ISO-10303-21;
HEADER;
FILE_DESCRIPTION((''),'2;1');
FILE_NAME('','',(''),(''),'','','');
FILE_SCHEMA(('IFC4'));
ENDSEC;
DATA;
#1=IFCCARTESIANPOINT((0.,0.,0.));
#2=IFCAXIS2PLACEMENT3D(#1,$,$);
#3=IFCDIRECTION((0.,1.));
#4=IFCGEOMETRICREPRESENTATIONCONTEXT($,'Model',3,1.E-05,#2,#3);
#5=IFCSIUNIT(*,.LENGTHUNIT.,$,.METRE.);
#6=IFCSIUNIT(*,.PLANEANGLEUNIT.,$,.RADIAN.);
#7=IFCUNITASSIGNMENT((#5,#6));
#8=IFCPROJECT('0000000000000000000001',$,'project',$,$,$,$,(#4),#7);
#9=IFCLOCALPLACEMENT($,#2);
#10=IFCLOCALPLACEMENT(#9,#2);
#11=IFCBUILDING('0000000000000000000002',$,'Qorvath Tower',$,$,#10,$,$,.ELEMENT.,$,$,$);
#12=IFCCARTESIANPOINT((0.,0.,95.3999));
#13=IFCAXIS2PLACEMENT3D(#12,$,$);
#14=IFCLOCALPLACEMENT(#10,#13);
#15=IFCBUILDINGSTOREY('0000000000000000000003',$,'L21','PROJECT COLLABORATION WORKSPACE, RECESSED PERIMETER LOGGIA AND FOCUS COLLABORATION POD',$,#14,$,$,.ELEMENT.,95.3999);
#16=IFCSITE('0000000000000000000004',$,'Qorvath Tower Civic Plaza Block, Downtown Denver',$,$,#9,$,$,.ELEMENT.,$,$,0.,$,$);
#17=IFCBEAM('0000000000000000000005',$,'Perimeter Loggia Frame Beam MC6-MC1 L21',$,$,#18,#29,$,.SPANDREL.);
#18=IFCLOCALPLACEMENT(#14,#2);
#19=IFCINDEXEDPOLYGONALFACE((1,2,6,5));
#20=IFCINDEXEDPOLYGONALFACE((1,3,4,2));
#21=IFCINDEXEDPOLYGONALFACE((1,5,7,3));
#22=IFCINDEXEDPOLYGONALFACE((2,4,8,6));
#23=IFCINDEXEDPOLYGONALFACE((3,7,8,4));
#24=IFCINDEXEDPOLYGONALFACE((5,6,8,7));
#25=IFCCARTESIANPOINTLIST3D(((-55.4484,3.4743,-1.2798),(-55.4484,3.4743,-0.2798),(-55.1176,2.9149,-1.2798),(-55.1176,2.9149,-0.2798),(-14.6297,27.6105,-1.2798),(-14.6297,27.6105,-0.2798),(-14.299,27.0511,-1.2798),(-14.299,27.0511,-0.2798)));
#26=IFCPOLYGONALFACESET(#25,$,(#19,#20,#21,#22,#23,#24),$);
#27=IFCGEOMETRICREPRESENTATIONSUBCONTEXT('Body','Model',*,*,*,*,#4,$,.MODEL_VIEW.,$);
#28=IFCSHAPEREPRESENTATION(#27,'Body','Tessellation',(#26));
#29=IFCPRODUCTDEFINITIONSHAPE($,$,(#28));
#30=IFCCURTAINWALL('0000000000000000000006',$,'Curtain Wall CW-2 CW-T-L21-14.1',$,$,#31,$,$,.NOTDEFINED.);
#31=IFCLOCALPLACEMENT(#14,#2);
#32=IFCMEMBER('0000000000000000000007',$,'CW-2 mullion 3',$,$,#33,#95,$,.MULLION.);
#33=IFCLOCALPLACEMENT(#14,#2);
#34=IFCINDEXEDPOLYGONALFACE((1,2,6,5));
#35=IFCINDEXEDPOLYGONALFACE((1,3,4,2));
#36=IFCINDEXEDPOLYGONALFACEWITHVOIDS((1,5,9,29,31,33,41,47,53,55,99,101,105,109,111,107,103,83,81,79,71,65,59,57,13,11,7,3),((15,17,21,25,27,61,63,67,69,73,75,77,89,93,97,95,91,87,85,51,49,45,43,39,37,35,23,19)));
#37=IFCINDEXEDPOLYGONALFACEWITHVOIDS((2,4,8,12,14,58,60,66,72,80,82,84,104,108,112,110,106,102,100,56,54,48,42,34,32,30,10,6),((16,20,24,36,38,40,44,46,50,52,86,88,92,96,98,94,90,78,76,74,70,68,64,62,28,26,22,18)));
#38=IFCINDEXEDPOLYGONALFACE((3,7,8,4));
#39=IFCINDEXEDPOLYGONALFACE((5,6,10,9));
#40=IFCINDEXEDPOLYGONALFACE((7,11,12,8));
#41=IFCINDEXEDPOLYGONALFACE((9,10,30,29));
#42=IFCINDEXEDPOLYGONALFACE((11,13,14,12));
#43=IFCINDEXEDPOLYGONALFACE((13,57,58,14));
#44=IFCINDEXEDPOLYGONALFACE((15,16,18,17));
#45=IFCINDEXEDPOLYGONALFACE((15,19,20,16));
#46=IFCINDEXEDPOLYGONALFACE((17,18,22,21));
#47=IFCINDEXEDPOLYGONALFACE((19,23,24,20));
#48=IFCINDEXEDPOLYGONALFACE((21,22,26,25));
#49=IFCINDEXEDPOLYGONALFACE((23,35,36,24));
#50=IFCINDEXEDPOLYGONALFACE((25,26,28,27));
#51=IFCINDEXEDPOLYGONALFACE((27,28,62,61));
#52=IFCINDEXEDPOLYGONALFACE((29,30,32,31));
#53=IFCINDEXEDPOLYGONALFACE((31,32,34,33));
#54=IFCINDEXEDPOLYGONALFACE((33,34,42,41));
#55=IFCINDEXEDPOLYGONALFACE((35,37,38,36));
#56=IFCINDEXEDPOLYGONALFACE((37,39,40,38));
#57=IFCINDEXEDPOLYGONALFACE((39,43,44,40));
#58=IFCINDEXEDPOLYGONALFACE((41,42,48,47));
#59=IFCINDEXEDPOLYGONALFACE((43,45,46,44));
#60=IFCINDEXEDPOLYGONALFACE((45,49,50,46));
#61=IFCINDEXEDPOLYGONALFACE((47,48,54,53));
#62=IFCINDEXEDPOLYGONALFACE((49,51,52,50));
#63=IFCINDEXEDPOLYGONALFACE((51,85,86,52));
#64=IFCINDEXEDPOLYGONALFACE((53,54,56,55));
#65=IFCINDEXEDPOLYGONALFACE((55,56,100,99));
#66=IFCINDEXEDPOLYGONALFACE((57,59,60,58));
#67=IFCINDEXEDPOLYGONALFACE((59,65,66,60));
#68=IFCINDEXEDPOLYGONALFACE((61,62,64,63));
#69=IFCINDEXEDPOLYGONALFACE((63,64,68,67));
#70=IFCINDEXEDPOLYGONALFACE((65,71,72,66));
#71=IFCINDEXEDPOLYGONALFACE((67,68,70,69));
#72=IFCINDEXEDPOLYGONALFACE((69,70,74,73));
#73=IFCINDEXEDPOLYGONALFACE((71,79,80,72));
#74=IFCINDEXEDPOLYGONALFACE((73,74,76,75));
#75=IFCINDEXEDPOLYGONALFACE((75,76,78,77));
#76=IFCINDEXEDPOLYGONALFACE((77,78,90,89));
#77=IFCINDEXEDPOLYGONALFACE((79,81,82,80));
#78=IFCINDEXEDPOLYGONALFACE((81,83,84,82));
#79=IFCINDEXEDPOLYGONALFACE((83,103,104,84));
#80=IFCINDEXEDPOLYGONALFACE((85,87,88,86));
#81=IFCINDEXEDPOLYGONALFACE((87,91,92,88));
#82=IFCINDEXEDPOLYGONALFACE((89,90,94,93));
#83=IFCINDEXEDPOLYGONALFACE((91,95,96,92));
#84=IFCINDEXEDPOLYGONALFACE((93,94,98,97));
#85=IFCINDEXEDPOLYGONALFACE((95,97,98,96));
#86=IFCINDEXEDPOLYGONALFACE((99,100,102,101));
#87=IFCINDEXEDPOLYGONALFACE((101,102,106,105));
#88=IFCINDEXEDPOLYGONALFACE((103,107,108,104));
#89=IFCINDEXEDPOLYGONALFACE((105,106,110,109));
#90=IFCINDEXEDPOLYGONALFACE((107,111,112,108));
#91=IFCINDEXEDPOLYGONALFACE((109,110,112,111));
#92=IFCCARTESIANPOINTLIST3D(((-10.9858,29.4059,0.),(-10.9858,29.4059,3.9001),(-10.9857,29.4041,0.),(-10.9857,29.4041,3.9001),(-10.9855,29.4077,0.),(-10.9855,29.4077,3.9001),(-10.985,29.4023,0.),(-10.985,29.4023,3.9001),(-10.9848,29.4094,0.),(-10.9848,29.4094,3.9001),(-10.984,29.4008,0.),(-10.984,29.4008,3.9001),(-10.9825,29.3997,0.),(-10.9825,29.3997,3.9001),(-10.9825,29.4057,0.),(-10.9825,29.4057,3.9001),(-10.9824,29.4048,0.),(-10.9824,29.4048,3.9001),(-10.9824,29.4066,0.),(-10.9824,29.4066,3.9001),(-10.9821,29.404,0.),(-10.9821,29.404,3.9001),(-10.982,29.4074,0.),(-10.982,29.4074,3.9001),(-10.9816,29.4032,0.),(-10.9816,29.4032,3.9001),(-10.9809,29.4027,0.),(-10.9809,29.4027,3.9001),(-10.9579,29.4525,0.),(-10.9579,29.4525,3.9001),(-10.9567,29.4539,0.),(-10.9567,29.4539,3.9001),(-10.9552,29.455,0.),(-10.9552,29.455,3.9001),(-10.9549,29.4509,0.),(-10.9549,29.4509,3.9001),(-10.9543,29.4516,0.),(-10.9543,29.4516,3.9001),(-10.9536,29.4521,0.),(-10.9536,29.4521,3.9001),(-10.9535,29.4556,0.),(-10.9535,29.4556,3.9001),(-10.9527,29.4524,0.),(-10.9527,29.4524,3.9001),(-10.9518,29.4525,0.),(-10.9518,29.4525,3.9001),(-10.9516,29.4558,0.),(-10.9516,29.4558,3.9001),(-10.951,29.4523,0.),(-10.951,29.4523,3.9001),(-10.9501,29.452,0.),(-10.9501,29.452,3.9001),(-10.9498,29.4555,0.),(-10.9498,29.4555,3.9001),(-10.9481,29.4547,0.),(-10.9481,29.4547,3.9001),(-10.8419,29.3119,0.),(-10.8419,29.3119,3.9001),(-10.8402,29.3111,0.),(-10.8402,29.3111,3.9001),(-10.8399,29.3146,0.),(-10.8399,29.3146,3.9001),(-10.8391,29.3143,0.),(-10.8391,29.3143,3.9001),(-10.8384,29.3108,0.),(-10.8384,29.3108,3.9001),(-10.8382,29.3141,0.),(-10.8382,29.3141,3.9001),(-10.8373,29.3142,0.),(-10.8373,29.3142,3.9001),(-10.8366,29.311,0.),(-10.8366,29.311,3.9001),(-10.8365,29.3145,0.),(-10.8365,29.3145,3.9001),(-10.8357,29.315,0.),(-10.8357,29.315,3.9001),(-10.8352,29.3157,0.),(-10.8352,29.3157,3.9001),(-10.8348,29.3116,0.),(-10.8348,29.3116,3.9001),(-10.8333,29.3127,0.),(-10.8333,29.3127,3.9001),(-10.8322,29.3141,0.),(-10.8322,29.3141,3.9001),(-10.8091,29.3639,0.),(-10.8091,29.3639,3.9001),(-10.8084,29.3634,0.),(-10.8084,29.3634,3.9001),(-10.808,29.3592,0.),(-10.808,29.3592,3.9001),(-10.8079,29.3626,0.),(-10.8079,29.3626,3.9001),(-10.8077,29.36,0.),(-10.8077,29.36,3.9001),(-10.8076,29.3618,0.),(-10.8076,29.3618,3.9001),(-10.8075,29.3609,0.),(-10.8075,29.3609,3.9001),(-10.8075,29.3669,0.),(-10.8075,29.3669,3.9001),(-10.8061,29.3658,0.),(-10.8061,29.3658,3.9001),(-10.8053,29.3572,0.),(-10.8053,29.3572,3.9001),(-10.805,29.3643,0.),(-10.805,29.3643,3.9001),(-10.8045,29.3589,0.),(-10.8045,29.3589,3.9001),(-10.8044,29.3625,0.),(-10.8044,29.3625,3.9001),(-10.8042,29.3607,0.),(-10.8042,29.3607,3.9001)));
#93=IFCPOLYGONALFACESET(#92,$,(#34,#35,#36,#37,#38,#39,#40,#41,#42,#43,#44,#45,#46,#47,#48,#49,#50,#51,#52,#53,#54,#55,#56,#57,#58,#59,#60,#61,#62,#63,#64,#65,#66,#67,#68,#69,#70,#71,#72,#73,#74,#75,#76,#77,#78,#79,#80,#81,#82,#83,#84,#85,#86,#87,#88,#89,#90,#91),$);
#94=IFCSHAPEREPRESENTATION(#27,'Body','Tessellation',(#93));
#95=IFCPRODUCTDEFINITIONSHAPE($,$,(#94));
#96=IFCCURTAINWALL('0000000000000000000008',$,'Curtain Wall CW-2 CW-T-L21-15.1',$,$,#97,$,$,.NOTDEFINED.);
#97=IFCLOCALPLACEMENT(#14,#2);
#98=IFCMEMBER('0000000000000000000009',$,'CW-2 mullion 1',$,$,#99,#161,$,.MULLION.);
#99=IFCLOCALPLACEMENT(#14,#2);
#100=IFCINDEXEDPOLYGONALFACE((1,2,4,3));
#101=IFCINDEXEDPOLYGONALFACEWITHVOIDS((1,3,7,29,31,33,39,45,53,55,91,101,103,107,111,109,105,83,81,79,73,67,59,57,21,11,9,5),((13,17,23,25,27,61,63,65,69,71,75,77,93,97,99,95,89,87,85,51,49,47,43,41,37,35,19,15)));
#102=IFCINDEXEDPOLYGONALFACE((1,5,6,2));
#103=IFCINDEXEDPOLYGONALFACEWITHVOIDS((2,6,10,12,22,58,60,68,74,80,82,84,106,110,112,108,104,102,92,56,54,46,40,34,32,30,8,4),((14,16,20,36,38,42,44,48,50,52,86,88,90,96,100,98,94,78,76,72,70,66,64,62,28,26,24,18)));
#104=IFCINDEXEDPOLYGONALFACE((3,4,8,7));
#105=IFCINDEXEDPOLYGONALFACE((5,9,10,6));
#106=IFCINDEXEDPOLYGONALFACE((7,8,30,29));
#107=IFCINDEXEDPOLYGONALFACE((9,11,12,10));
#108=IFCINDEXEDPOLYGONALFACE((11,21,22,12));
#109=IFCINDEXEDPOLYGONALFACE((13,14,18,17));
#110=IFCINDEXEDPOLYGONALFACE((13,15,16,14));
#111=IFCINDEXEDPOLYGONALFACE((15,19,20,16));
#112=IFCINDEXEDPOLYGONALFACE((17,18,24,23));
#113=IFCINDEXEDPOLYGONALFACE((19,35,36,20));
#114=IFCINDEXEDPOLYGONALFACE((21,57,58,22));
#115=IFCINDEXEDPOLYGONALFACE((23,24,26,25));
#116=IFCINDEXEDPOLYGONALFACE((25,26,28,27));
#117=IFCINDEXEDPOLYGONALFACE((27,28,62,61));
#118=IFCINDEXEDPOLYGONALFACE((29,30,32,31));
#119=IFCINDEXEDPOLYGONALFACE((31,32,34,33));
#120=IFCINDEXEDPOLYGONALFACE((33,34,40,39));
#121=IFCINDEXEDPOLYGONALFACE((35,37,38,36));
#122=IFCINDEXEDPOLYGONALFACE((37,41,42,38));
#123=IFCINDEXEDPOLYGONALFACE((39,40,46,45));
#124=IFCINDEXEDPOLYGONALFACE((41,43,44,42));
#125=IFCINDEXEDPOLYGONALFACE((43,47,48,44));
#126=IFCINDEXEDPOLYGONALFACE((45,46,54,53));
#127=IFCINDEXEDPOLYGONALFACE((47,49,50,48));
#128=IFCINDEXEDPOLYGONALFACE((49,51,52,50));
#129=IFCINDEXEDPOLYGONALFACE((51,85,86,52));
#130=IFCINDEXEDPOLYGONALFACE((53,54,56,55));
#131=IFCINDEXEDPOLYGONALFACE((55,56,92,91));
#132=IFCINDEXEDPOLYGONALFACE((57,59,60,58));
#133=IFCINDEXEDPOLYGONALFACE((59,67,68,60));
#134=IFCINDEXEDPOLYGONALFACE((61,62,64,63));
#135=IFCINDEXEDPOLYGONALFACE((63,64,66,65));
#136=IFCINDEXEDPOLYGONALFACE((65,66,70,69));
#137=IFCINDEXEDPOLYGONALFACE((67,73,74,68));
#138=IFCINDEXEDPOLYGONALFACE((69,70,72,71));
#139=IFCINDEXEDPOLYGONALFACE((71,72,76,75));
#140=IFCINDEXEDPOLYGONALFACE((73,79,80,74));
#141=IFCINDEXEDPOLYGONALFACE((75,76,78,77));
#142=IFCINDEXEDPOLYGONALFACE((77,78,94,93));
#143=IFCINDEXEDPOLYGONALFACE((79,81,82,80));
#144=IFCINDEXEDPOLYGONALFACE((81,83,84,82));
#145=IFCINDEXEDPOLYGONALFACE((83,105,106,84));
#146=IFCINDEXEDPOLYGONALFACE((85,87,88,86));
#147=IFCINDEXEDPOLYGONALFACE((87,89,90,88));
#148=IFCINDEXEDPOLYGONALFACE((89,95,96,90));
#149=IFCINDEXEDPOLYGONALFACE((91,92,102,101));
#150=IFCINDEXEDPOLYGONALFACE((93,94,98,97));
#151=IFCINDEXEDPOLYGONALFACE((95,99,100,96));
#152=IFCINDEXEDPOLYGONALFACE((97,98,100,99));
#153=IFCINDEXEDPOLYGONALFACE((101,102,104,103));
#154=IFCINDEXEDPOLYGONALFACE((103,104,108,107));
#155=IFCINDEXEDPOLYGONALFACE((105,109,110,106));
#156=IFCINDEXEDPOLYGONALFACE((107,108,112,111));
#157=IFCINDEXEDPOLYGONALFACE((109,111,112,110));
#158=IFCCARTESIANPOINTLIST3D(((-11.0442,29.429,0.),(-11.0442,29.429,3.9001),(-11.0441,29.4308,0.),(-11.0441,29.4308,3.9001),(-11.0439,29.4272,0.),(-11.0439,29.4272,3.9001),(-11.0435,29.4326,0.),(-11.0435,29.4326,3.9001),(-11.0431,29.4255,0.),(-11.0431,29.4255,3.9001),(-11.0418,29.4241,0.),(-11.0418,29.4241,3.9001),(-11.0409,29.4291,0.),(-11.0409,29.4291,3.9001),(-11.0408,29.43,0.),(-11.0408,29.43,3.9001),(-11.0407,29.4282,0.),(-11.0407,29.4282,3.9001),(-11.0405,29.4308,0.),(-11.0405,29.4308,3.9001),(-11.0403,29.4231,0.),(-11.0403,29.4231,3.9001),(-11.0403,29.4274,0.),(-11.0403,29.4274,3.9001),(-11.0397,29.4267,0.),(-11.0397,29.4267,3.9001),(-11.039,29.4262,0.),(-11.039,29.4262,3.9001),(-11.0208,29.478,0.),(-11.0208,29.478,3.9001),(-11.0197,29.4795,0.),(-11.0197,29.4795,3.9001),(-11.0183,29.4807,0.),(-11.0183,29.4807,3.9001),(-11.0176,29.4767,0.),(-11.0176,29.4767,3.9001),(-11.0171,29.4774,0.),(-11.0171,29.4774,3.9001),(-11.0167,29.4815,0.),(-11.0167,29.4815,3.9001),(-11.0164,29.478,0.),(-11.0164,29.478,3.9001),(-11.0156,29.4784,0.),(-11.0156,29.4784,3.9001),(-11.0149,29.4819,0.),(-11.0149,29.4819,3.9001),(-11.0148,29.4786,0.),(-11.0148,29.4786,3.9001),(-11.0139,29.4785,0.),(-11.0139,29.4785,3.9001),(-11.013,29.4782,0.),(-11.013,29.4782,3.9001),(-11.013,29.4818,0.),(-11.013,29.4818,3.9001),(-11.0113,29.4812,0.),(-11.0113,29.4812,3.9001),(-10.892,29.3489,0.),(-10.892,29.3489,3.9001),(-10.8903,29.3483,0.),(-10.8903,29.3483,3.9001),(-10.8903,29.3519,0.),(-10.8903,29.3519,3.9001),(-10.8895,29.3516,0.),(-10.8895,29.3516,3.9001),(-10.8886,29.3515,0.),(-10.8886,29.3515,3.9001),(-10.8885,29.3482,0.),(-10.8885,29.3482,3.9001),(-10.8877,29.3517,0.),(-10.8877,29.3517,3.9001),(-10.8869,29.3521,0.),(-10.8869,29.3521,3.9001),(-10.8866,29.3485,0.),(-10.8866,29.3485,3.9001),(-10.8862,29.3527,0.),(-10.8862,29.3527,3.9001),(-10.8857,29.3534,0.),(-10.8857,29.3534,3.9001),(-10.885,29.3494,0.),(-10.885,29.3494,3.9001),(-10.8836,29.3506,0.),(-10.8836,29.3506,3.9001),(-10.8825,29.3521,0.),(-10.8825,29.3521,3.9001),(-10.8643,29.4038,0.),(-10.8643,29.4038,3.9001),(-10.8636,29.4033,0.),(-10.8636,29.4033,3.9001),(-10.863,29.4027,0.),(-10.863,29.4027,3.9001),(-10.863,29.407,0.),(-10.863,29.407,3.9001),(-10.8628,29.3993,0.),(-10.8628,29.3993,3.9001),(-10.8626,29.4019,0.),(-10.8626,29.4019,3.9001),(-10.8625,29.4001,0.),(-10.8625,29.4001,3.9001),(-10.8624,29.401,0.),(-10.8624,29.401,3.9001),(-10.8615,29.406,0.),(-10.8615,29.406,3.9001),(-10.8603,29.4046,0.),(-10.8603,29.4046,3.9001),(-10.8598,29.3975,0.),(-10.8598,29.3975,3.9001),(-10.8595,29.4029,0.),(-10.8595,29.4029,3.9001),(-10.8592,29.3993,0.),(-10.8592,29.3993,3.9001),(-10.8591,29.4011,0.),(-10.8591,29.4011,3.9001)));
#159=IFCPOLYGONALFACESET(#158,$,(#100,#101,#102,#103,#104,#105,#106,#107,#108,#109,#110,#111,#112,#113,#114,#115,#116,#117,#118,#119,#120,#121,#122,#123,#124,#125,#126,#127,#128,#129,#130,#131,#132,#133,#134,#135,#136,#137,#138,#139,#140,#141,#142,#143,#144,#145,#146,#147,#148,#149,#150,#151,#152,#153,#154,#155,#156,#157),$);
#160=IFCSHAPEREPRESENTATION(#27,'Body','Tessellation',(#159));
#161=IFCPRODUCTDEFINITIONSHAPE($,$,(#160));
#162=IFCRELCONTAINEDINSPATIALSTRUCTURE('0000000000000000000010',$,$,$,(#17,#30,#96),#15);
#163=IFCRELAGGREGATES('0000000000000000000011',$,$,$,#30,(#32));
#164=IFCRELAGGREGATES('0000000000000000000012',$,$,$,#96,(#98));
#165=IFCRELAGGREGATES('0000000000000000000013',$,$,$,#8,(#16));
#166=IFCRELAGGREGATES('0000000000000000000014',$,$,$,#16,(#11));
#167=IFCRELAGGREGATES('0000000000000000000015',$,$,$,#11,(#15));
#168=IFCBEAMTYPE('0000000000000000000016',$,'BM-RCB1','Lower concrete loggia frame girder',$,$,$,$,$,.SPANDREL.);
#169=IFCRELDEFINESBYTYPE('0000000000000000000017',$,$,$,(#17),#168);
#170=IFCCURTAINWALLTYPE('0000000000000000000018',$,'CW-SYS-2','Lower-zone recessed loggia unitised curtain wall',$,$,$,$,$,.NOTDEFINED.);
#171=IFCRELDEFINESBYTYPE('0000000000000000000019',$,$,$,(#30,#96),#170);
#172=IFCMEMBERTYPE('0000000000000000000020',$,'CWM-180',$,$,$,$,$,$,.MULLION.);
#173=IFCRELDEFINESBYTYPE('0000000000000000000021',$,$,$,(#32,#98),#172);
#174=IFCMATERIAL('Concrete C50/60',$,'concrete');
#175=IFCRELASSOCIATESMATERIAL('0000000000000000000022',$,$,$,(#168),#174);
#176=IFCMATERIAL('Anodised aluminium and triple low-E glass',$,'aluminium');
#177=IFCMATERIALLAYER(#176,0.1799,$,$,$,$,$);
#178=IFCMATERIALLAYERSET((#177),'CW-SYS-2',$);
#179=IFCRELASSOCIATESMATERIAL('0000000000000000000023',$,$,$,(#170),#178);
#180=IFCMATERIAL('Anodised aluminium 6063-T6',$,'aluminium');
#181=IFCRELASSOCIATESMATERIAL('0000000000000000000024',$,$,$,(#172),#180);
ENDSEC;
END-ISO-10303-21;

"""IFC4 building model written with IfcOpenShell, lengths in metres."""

from ifc_helpers import new_model, si_unit, direction, frame, origin, origin_2d, place, context, subcontext, project, spatial, rectangle, hollow_rectangle, extrude, material, layer, layer_set, material_profile, profile_set, type_object, element, aggregate, save


model = new_model("IFC4")

# Units and contexts
model_context = context("Model", 3, precision=1e-05, world=origin(), true_north=direction((0.0, 1.0)))
body_context = subcontext(model_context, "Body", "Model", "MODEL_VIEW")
ifc_project = project(units=[si_unit("LENGTHUNIT", "METRE"), si_unit("PLANEANGLEUNIT", "RADIAN")], contexts=[model_context])

# Site, building, storey
site_placement = place(None, origin())
site = spatial("IfcSite", under=ifc_project, at=site_placement, Name="Qorvath Tower Civic Plaza Block, Downtown Denver", CompositionType="ELEMENT", RefElevation=0.0)
building_placement = place(site_placement, origin())
building = spatial("IfcBuilding", under=site, at=building_placement, Name="Qorvath Tower", CompositionType="ELEMENT")
storey_placement = place(building_placement, frame((0.0, 0.0, 95.3999)))
storey = spatial("IfcBuildingStorey", under=building, at=storey_placement, Name="L21", Description="PROJECT COLLABORATION WORKSPACE, RECESSED PERIMETER LOGGIA AND FOCUS COLLABORATION POD", CompositionType="ELEMENT", Elevation=95.3999)

# Beam
ifc_material_1 = material(Name="Concrete C50/60", Category="concrete")
ifc_material_profile_1 = material_profile(ifc_material_1, rectangle(XDim=0.6499, YDim=1.0, at=origin_2d()), Name="RCB 1000x650")
ifc_profile_set_1 = profile_set([ifc_material_profile_1], Name="Concrete C50/60")
beam_type_1 = type_object("IfcBeamType", Name="BM-RCB1", Description="Lower concrete loggia frame girder", PredefinedType="SPANDREL", material=ifc_profile_set_1)
beam_1_placement = place(storey_placement, frame((-14.4644, 27.3308, -0.7798), z_axis=(-0.860777, -0.508982, 0.0), x_axis=(0.508982, -0.860777, 0.0)))
element("IfcBeam", 1, at=beam_1_placement, inside=storey, type_object=beam_type_1, Name="Perimeter Loggia Frame Beam MC6-MC1 L21", PredefinedType="SPANDREL", context=body_context, shape_type="SweptSolid", body=[
    extrude(rectangle(XDim=0.6499, YDim=1.0, at=origin_2d()), origin(), (0.0, 0.0, 1.0), 47.4207),
])

# Curtain wall, member
ifc_material_2 = material(Name="Anodised aluminium and triple low-E glass", Category="aluminium")
ifc_layer_1 = layer(ifc_material_2, 0.1799)
ifc_layer_set_1 = layer_set([ifc_layer_1], Name="CW-SYS-2")
curtain_wall_type = type_object("IfcCurtainWallType", Name="CW-SYS-2", Description="Lower-zone recessed loggia unitised curtain wall", PredefinedType="NOTDEFINED", material=ifc_layer_set_1)
curtain_wall_1_placement = place(storey_placement, origin())
curtain_wall_1 = element("IfcCurtainWall", 2, at=curtain_wall_1_placement, inside=storey, type_object=curtain_wall_type, Name="Curtain Wall CW-2 CW-T-L21-14.1", PredefinedType="NOTDEFINED")
ifc_material_3 = material(Name="Anodised aluminium 6063-T6", Category="aluminium")
ifc_material_profile_2 = material_profile(ifc_material_3, hollow_rectangle(XDim=0.0649, YDim=0.1799, WallThickness=0.0034, InnerFilletRadius=0.0034, OuterFilletRadius=0.0071, at=origin_2d()), Name="CWM 180x65")
ifc_profile_set_2 = profile_set([ifc_material_profile_2], Name="Anodised aluminium 6063-T6")
member_type_1 = type_object("IfcMemberType", Name="CWM-180", PredefinedType="MULLION", material=ifc_profile_set_2)
member_1_placement = place(storey_placement, frame((-10.895, 29.3833, 0.0), z_axis=(0.0, 0.0, 1.0), x_axis=(-0.529596, -0.84825, 0.0)))
member_1 = element("IfcMember", 3, at=member_1_placement, type_object=member_type_1, Name="CW-2 mullion 3", PredefinedType="MULLION", context=body_context, shape_type="SweptSolid", body=[
    extrude(hollow_rectangle(XDim=0.0649, YDim=0.1799, WallThickness=0.0034, InnerFilletRadius=0.0034, OuterFilletRadius=0.0071, at=origin_2d()), origin(), (0.0, 0.0, 1.0), 3.9001),
])
aggregate(curtain_wall_1, [member_1])

# Curtain wall, member
curtain_wall_2_placement = place(storey_placement, origin())
curtain_wall_2 = element("IfcCurtainWall", 4, at=curtain_wall_2_placement, inside=storey, type_object=curtain_wall_type, Name="Curtain Wall CW-2 CW-T-L21-15.1", PredefinedType="NOTDEFINED")
member_2_placement = place(storey_placement, frame((-10.9517, 29.415, 0.0), z_axis=(0.0, 0.0, 1.0), x_axis=(-0.447245, -0.894411, 0.0)))
member_2 = element("IfcMember", 5, at=member_2_placement, type_object=member_type_1, Name="CW-2 mullion 1", PredefinedType="MULLION", context=body_context, shape_type="SweptSolid", body=[
    extrude(hollow_rectangle(XDim=0.0649, YDim=0.1799, WallThickness=0.0034, InnerFilletRadius=0.0034, OuterFilletRadius=0.0071, at=origin_2d()), origin(), (0.0, 0.0, 1.0), 3.9001),
])

aggregate(curtain_wall_2, [member_2])

save(model, "model.ifc")
